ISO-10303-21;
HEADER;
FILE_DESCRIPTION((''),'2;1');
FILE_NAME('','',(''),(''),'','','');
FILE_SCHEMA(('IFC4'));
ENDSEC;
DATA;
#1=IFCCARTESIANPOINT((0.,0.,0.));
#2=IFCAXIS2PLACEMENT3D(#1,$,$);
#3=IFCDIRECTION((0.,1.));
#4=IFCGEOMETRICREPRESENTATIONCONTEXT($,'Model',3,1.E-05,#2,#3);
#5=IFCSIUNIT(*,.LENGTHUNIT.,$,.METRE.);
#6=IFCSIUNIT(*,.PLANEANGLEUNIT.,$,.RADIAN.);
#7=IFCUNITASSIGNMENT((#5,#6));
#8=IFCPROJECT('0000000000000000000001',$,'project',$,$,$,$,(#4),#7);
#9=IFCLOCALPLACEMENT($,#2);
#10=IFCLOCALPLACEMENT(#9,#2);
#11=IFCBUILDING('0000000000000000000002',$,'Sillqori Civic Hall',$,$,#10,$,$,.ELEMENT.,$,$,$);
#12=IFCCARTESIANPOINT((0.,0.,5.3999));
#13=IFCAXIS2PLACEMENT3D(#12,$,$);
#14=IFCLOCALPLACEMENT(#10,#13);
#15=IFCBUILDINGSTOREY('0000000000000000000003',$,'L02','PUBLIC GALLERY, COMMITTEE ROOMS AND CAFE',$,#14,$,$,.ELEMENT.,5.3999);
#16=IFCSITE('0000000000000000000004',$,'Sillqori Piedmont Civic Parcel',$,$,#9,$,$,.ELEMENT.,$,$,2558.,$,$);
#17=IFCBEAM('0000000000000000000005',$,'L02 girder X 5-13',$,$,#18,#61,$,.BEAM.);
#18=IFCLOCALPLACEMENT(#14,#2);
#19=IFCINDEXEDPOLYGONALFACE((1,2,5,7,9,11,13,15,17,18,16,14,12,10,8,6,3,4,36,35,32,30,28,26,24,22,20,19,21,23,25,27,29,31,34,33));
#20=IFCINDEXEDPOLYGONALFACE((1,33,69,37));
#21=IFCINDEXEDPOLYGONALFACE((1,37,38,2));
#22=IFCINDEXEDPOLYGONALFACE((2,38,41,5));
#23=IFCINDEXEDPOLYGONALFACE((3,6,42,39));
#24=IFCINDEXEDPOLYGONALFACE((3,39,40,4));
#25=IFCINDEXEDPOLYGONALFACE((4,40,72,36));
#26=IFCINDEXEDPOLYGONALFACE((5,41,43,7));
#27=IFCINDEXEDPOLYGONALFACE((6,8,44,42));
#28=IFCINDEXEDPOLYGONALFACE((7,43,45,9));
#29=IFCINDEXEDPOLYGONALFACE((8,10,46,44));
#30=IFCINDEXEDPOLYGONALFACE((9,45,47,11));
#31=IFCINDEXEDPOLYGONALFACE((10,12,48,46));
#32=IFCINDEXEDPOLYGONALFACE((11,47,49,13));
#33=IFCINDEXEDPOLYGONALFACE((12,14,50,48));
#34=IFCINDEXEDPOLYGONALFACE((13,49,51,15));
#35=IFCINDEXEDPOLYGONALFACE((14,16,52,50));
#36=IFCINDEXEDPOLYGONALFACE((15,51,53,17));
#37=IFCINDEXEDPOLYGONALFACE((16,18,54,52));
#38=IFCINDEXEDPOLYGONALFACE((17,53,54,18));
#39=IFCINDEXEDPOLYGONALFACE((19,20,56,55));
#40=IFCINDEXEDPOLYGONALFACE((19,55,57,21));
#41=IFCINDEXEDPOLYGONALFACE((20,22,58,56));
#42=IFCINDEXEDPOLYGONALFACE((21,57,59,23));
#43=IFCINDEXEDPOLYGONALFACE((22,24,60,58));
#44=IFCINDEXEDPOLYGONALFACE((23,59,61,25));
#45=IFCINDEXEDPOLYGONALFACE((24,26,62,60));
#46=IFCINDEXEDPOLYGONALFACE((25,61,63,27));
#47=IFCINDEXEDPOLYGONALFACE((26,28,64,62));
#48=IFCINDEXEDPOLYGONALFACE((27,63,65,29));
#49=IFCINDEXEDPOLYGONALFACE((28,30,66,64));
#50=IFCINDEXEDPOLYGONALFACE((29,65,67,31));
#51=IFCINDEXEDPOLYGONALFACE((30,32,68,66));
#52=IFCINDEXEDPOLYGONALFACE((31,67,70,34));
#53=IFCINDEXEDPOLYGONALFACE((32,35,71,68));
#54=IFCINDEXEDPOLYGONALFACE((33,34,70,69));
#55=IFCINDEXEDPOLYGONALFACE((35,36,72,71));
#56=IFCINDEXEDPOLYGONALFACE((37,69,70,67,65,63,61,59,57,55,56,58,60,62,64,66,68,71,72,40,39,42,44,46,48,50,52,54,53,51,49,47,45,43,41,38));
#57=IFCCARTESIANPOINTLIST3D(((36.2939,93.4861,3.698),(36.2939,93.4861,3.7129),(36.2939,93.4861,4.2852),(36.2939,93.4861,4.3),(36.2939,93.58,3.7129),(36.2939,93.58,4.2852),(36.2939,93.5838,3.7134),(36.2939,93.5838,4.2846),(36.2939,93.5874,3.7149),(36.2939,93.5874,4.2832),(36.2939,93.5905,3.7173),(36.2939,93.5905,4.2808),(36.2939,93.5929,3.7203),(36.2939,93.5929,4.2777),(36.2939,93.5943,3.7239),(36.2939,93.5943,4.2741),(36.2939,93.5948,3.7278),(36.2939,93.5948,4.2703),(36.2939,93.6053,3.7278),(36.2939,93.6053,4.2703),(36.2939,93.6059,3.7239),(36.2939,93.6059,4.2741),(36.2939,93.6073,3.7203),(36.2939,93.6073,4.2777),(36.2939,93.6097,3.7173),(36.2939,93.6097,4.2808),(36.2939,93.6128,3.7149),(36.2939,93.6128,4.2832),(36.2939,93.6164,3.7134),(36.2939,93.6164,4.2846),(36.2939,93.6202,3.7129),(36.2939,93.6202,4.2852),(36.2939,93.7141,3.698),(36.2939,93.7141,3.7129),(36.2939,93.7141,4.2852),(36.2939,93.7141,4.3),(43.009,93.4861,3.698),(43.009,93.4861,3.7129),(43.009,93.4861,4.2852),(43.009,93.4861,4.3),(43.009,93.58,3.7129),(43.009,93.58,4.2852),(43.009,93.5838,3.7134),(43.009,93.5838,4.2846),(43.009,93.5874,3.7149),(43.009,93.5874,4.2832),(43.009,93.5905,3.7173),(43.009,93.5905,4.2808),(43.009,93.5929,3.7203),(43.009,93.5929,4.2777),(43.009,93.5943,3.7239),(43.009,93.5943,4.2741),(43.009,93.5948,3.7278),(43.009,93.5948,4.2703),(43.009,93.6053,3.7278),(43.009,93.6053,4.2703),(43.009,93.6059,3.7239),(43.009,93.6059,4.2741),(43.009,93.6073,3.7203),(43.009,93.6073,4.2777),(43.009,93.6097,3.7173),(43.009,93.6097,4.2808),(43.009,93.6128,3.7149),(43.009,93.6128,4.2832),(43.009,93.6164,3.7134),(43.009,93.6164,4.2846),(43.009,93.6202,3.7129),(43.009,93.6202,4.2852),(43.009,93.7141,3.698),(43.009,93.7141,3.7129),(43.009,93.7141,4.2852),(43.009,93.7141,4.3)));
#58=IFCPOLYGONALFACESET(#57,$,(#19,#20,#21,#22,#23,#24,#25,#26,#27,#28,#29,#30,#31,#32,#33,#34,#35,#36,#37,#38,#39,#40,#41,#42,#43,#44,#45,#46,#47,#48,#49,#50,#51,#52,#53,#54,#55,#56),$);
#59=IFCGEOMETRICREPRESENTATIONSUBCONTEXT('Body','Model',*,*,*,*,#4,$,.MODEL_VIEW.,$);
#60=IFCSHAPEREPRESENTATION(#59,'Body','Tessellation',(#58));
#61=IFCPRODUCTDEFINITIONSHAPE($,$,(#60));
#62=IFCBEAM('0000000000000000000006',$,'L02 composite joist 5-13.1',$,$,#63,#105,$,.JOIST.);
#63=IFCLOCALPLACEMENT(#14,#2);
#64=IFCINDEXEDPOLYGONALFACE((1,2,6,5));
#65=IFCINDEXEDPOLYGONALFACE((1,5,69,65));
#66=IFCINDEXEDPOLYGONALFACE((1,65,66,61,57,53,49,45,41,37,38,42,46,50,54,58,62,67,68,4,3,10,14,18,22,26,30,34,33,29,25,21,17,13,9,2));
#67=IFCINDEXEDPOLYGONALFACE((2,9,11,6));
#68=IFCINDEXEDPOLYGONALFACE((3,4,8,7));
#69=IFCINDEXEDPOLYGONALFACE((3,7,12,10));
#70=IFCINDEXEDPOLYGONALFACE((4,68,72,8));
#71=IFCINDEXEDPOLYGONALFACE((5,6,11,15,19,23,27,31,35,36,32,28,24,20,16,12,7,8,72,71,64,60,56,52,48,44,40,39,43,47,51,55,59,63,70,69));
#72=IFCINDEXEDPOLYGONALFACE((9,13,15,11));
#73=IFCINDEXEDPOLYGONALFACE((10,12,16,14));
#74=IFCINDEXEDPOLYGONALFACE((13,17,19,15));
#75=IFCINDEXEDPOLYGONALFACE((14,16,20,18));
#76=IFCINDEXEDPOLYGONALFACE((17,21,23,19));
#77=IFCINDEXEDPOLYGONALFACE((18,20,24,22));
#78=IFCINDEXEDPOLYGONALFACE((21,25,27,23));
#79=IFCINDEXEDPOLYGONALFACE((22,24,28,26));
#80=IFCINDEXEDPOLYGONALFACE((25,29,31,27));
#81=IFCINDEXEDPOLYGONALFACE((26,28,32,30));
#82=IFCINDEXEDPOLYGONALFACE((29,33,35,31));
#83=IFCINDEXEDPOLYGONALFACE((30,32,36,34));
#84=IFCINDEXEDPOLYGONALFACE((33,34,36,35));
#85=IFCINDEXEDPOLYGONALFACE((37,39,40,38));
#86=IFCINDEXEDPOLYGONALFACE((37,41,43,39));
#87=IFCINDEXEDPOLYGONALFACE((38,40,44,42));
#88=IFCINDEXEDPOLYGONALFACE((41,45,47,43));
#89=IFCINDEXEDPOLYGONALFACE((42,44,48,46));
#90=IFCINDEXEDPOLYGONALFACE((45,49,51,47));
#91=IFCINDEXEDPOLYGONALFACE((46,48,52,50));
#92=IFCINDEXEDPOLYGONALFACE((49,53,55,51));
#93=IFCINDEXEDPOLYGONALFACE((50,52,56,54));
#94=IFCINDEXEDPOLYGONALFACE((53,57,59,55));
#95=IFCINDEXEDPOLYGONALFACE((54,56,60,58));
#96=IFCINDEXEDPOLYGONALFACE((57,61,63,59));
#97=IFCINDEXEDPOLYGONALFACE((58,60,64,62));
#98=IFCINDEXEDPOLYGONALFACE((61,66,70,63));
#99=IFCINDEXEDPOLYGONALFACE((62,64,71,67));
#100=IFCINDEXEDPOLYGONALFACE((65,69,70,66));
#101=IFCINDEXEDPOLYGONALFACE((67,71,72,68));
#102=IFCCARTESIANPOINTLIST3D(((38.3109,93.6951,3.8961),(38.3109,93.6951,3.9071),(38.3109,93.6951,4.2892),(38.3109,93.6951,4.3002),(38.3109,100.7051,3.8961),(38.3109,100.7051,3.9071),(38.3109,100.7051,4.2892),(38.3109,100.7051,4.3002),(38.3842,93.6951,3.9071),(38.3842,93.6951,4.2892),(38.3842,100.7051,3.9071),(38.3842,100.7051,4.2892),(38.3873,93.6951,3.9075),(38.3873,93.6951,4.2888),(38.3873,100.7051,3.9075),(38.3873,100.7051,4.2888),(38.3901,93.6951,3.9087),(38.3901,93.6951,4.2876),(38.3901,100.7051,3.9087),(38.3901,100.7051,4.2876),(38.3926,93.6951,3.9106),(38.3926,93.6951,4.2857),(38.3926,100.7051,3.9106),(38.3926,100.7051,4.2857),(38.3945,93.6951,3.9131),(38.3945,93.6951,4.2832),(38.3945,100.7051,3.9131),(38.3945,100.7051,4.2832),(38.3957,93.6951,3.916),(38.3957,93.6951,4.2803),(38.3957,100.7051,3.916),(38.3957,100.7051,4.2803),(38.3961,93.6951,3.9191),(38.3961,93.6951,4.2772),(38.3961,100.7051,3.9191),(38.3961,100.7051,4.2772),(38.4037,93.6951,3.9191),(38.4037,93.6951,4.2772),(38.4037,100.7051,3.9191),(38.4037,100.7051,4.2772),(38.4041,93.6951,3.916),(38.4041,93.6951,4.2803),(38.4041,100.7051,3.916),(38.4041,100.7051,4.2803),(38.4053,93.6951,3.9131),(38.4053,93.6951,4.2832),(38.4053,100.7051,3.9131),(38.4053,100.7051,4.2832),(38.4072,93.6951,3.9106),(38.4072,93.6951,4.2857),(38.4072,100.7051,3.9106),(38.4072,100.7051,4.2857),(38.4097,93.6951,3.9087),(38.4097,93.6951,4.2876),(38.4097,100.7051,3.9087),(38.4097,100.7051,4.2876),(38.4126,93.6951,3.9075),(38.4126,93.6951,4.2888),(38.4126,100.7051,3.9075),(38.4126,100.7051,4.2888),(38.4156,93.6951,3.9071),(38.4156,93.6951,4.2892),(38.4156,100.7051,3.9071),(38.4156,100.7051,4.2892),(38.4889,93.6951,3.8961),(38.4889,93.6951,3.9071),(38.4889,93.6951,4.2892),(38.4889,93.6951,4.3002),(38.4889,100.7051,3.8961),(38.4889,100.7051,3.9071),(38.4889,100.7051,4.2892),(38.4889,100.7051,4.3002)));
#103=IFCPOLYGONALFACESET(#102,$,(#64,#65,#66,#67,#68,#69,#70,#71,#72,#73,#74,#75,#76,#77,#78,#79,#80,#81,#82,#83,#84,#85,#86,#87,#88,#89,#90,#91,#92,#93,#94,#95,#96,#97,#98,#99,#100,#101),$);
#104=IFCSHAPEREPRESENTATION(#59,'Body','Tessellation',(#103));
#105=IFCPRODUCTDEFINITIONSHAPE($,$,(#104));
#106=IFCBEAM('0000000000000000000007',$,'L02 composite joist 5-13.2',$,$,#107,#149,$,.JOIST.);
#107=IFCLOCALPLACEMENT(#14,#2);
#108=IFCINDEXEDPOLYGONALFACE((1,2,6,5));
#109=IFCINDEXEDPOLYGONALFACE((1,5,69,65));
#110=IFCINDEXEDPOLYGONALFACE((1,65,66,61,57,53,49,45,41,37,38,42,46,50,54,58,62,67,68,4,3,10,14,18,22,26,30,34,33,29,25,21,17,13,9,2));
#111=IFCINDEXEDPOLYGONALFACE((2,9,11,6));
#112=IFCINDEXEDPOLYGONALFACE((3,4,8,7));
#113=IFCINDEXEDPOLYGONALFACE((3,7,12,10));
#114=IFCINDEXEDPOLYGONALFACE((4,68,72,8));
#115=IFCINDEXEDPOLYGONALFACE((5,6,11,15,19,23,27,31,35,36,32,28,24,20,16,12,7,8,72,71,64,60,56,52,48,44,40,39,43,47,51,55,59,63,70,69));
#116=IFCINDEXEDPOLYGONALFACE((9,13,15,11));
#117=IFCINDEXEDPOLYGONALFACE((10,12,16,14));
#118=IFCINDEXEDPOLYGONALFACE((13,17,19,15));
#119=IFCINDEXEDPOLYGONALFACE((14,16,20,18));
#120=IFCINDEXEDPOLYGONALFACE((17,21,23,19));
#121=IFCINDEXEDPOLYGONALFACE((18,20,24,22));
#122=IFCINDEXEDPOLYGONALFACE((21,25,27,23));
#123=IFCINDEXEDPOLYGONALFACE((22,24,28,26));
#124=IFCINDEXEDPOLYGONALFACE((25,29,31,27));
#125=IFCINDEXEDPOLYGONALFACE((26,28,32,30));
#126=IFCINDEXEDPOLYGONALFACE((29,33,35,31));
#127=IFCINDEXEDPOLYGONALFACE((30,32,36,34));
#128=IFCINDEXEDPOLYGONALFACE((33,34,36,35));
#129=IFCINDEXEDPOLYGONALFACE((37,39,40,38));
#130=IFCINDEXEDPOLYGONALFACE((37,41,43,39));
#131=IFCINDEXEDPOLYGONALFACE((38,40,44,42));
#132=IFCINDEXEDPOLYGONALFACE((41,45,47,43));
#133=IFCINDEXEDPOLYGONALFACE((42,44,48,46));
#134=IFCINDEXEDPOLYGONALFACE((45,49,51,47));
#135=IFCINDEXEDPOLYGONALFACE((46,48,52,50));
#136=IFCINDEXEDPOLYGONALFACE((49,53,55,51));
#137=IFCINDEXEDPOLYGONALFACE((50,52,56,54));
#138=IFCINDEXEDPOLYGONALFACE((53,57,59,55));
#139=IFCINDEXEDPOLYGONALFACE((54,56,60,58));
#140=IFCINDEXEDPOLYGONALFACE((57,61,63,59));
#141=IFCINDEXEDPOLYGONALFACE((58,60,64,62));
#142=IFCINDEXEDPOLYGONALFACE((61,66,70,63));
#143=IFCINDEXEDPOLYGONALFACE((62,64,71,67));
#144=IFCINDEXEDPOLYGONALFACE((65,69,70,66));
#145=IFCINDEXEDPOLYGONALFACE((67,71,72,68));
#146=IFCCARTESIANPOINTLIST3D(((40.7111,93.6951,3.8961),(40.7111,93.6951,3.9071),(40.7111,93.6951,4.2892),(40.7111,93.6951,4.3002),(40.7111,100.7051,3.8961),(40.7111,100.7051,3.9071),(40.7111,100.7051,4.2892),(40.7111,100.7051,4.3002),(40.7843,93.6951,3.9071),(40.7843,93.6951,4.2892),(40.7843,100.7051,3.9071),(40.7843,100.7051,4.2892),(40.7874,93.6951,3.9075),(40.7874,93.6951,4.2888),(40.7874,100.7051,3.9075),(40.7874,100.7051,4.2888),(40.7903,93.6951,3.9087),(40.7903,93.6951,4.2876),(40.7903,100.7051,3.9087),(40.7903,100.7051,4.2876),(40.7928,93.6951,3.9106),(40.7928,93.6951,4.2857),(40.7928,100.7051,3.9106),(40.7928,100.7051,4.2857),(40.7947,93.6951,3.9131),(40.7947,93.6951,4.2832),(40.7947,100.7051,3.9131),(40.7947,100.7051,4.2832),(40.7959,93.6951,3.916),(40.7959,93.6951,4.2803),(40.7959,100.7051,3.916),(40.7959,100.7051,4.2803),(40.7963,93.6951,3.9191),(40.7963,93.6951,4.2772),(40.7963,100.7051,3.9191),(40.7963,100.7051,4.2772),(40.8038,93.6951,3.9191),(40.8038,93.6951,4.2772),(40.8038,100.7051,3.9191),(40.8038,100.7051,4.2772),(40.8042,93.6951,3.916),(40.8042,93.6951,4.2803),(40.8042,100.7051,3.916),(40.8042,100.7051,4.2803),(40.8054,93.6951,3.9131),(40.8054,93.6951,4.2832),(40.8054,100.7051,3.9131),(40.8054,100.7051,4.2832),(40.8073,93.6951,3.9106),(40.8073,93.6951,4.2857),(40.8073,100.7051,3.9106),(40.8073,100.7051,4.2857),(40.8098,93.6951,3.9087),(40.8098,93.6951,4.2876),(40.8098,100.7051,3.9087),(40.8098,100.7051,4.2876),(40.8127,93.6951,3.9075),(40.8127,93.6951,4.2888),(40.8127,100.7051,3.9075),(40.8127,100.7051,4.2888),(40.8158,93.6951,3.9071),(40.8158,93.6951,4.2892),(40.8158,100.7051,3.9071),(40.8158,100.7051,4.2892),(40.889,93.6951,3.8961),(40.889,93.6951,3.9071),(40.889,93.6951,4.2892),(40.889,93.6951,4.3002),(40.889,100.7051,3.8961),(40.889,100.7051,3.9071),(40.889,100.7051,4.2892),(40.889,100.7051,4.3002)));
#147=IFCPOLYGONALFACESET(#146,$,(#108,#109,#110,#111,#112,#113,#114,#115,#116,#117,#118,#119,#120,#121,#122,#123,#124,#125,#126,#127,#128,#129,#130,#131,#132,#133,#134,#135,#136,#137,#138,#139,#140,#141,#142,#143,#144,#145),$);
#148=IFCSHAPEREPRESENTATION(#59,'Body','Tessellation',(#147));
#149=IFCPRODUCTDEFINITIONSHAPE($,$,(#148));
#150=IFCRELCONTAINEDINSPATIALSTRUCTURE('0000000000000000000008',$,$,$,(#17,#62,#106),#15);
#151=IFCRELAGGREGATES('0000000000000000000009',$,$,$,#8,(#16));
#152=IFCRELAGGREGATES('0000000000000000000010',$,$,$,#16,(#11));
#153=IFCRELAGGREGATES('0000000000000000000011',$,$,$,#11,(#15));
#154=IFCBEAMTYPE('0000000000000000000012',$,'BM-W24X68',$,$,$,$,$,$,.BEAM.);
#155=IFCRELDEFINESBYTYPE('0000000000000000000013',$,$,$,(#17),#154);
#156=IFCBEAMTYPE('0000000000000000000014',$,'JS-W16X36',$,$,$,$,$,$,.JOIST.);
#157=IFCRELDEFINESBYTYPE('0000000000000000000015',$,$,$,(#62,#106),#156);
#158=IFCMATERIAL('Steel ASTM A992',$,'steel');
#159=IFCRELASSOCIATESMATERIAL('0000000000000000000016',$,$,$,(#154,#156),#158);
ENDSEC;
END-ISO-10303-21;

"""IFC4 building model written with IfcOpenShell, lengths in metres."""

from ifc_helpers import new_model, si_unit, direction, frame, origin, origin_2d, place, context, subcontext, project, spatial, i_section, extrude, material, material_profile, profile_set, type_object, element, save


model = new_model("IFC4")

# Units and contexts
model_context = context("Model", 3, precision=1e-05, world=origin(), true_north=direction((0.0, 1.0)))
body_context = subcontext(model_context, "Body", "Model", "MODEL_VIEW")
ifc_project = project(units=[si_unit("LENGTHUNIT", "METRE"), si_unit("PLANEANGLEUNIT", "RADIAN")], contexts=[model_context])

# Site, building, storey
site_placement = place(None, origin())
site = spatial("IfcSite", under=ifc_project, at=site_placement, Name="Sillqori Piedmont Civic Parcel", CompositionType="ELEMENT", RefElevation=2558.0)
building_placement = place(site_placement, origin())
building = spatial("IfcBuilding", under=site, at=building_placement, Name="Sillqori Civic Hall", CompositionType="ELEMENT")
storey_placement = place(building_placement, frame((0.0, 0.0, 5.3999)))
storey = spatial("IfcBuildingStorey", under=building, at=storey_placement, Name="L02", Description="PUBLIC GALLERY, COMMITTEE ROOMS AND CAFE", CompositionType="ELEMENT", Elevation=5.3999)

# Shared definitions
ifc_material_1 = material(Name="Steel ASTM A992", Category="steel")

# Beam
ifc_material_profile_1 = material_profile(ifc_material_1, i_section(OverallWidth=0.228, OverallDepth=0.6021, WebThickness=0.0105, FlangeThickness=0.0149, FilletRadius=0.0149, at=origin_2d()), Name="W24X68")
ifc_profile_set_1 = profile_set([ifc_material_profile_1], Name="Steel ASTM A992")
beam_type_1 = type_object("IfcBeamType", Name="BM-W24X68", PredefinedType="BEAM", material=ifc_profile_set_1)
beam_1_placement = place(storey_placement, frame((36.2939, 93.6001, 3.999), z_axis=(1.0, 0.0, 0.0), x_axis=(0.0, 1.0, 0.0)))
element("IfcBeam", 1, at=beam_1_placement, inside=storey, type_object=beam_type_1, Name="L02 girder X 5-13", PredefinedType="BEAM", context=body_context, shape_type="SweptSolid", body=[
    extrude(i_section(OverallWidth=0.228, OverallDepth=0.6021, WebThickness=0.0105, FlangeThickness=0.0149, FilletRadius=0.0149, at=origin_2d()), origin(), (0.0, 0.0, 1.0), 6.7151),
])

# Beams
ifc_material_profile_2 = material_profile(ifc_material_1, i_section(OverallWidth=0.178, OverallDepth=0.4041, WebThickness=0.0076, FlangeThickness=0.011, FilletRadius=0.012, at=origin_2d()), Name="W16X36")
ifc_profile_set_2 = profile_set([ifc_material_profile_2], Name="Steel ASTM A992")
beam_type_2 = type_object("IfcBeamType", Name="JS-W16X36", PredefinedType="JOIST", material=ifc_profile_set_2)
for number, where, z_axis, x_axis, name in (
    (2, (38.3999, 93.6951, 4.0981), (0.0, 1.0, 0.0), (-1.0, 0.0, 0.0), "L02 composite joist 5-13.1"),
    (3, (40.8, 93.6951, 4.0981), (0.0, 1.0, 0.0), (-1.0, 0.0, 0.0), "L02 composite joist 5-13.2"),
):
    element("IfcBeam", number, at=place(storey_placement, frame(where, z_axis=z_axis, x_axis=x_axis)), inside=storey, type_object=beam_type_2, Name=name, PredefinedType="JOIST", context=body_context, shape_type="SweptSolid", body=[
        extrude(i_section(OverallWidth=0.178, OverallDepth=0.4041, WebThickness=0.0076, FlangeThickness=0.011, FilletRadius=0.012, at=origin_2d()), origin(), (0.0, 0.0, 1.0), 7.01),
    ])

save(model, "model.ifc")
